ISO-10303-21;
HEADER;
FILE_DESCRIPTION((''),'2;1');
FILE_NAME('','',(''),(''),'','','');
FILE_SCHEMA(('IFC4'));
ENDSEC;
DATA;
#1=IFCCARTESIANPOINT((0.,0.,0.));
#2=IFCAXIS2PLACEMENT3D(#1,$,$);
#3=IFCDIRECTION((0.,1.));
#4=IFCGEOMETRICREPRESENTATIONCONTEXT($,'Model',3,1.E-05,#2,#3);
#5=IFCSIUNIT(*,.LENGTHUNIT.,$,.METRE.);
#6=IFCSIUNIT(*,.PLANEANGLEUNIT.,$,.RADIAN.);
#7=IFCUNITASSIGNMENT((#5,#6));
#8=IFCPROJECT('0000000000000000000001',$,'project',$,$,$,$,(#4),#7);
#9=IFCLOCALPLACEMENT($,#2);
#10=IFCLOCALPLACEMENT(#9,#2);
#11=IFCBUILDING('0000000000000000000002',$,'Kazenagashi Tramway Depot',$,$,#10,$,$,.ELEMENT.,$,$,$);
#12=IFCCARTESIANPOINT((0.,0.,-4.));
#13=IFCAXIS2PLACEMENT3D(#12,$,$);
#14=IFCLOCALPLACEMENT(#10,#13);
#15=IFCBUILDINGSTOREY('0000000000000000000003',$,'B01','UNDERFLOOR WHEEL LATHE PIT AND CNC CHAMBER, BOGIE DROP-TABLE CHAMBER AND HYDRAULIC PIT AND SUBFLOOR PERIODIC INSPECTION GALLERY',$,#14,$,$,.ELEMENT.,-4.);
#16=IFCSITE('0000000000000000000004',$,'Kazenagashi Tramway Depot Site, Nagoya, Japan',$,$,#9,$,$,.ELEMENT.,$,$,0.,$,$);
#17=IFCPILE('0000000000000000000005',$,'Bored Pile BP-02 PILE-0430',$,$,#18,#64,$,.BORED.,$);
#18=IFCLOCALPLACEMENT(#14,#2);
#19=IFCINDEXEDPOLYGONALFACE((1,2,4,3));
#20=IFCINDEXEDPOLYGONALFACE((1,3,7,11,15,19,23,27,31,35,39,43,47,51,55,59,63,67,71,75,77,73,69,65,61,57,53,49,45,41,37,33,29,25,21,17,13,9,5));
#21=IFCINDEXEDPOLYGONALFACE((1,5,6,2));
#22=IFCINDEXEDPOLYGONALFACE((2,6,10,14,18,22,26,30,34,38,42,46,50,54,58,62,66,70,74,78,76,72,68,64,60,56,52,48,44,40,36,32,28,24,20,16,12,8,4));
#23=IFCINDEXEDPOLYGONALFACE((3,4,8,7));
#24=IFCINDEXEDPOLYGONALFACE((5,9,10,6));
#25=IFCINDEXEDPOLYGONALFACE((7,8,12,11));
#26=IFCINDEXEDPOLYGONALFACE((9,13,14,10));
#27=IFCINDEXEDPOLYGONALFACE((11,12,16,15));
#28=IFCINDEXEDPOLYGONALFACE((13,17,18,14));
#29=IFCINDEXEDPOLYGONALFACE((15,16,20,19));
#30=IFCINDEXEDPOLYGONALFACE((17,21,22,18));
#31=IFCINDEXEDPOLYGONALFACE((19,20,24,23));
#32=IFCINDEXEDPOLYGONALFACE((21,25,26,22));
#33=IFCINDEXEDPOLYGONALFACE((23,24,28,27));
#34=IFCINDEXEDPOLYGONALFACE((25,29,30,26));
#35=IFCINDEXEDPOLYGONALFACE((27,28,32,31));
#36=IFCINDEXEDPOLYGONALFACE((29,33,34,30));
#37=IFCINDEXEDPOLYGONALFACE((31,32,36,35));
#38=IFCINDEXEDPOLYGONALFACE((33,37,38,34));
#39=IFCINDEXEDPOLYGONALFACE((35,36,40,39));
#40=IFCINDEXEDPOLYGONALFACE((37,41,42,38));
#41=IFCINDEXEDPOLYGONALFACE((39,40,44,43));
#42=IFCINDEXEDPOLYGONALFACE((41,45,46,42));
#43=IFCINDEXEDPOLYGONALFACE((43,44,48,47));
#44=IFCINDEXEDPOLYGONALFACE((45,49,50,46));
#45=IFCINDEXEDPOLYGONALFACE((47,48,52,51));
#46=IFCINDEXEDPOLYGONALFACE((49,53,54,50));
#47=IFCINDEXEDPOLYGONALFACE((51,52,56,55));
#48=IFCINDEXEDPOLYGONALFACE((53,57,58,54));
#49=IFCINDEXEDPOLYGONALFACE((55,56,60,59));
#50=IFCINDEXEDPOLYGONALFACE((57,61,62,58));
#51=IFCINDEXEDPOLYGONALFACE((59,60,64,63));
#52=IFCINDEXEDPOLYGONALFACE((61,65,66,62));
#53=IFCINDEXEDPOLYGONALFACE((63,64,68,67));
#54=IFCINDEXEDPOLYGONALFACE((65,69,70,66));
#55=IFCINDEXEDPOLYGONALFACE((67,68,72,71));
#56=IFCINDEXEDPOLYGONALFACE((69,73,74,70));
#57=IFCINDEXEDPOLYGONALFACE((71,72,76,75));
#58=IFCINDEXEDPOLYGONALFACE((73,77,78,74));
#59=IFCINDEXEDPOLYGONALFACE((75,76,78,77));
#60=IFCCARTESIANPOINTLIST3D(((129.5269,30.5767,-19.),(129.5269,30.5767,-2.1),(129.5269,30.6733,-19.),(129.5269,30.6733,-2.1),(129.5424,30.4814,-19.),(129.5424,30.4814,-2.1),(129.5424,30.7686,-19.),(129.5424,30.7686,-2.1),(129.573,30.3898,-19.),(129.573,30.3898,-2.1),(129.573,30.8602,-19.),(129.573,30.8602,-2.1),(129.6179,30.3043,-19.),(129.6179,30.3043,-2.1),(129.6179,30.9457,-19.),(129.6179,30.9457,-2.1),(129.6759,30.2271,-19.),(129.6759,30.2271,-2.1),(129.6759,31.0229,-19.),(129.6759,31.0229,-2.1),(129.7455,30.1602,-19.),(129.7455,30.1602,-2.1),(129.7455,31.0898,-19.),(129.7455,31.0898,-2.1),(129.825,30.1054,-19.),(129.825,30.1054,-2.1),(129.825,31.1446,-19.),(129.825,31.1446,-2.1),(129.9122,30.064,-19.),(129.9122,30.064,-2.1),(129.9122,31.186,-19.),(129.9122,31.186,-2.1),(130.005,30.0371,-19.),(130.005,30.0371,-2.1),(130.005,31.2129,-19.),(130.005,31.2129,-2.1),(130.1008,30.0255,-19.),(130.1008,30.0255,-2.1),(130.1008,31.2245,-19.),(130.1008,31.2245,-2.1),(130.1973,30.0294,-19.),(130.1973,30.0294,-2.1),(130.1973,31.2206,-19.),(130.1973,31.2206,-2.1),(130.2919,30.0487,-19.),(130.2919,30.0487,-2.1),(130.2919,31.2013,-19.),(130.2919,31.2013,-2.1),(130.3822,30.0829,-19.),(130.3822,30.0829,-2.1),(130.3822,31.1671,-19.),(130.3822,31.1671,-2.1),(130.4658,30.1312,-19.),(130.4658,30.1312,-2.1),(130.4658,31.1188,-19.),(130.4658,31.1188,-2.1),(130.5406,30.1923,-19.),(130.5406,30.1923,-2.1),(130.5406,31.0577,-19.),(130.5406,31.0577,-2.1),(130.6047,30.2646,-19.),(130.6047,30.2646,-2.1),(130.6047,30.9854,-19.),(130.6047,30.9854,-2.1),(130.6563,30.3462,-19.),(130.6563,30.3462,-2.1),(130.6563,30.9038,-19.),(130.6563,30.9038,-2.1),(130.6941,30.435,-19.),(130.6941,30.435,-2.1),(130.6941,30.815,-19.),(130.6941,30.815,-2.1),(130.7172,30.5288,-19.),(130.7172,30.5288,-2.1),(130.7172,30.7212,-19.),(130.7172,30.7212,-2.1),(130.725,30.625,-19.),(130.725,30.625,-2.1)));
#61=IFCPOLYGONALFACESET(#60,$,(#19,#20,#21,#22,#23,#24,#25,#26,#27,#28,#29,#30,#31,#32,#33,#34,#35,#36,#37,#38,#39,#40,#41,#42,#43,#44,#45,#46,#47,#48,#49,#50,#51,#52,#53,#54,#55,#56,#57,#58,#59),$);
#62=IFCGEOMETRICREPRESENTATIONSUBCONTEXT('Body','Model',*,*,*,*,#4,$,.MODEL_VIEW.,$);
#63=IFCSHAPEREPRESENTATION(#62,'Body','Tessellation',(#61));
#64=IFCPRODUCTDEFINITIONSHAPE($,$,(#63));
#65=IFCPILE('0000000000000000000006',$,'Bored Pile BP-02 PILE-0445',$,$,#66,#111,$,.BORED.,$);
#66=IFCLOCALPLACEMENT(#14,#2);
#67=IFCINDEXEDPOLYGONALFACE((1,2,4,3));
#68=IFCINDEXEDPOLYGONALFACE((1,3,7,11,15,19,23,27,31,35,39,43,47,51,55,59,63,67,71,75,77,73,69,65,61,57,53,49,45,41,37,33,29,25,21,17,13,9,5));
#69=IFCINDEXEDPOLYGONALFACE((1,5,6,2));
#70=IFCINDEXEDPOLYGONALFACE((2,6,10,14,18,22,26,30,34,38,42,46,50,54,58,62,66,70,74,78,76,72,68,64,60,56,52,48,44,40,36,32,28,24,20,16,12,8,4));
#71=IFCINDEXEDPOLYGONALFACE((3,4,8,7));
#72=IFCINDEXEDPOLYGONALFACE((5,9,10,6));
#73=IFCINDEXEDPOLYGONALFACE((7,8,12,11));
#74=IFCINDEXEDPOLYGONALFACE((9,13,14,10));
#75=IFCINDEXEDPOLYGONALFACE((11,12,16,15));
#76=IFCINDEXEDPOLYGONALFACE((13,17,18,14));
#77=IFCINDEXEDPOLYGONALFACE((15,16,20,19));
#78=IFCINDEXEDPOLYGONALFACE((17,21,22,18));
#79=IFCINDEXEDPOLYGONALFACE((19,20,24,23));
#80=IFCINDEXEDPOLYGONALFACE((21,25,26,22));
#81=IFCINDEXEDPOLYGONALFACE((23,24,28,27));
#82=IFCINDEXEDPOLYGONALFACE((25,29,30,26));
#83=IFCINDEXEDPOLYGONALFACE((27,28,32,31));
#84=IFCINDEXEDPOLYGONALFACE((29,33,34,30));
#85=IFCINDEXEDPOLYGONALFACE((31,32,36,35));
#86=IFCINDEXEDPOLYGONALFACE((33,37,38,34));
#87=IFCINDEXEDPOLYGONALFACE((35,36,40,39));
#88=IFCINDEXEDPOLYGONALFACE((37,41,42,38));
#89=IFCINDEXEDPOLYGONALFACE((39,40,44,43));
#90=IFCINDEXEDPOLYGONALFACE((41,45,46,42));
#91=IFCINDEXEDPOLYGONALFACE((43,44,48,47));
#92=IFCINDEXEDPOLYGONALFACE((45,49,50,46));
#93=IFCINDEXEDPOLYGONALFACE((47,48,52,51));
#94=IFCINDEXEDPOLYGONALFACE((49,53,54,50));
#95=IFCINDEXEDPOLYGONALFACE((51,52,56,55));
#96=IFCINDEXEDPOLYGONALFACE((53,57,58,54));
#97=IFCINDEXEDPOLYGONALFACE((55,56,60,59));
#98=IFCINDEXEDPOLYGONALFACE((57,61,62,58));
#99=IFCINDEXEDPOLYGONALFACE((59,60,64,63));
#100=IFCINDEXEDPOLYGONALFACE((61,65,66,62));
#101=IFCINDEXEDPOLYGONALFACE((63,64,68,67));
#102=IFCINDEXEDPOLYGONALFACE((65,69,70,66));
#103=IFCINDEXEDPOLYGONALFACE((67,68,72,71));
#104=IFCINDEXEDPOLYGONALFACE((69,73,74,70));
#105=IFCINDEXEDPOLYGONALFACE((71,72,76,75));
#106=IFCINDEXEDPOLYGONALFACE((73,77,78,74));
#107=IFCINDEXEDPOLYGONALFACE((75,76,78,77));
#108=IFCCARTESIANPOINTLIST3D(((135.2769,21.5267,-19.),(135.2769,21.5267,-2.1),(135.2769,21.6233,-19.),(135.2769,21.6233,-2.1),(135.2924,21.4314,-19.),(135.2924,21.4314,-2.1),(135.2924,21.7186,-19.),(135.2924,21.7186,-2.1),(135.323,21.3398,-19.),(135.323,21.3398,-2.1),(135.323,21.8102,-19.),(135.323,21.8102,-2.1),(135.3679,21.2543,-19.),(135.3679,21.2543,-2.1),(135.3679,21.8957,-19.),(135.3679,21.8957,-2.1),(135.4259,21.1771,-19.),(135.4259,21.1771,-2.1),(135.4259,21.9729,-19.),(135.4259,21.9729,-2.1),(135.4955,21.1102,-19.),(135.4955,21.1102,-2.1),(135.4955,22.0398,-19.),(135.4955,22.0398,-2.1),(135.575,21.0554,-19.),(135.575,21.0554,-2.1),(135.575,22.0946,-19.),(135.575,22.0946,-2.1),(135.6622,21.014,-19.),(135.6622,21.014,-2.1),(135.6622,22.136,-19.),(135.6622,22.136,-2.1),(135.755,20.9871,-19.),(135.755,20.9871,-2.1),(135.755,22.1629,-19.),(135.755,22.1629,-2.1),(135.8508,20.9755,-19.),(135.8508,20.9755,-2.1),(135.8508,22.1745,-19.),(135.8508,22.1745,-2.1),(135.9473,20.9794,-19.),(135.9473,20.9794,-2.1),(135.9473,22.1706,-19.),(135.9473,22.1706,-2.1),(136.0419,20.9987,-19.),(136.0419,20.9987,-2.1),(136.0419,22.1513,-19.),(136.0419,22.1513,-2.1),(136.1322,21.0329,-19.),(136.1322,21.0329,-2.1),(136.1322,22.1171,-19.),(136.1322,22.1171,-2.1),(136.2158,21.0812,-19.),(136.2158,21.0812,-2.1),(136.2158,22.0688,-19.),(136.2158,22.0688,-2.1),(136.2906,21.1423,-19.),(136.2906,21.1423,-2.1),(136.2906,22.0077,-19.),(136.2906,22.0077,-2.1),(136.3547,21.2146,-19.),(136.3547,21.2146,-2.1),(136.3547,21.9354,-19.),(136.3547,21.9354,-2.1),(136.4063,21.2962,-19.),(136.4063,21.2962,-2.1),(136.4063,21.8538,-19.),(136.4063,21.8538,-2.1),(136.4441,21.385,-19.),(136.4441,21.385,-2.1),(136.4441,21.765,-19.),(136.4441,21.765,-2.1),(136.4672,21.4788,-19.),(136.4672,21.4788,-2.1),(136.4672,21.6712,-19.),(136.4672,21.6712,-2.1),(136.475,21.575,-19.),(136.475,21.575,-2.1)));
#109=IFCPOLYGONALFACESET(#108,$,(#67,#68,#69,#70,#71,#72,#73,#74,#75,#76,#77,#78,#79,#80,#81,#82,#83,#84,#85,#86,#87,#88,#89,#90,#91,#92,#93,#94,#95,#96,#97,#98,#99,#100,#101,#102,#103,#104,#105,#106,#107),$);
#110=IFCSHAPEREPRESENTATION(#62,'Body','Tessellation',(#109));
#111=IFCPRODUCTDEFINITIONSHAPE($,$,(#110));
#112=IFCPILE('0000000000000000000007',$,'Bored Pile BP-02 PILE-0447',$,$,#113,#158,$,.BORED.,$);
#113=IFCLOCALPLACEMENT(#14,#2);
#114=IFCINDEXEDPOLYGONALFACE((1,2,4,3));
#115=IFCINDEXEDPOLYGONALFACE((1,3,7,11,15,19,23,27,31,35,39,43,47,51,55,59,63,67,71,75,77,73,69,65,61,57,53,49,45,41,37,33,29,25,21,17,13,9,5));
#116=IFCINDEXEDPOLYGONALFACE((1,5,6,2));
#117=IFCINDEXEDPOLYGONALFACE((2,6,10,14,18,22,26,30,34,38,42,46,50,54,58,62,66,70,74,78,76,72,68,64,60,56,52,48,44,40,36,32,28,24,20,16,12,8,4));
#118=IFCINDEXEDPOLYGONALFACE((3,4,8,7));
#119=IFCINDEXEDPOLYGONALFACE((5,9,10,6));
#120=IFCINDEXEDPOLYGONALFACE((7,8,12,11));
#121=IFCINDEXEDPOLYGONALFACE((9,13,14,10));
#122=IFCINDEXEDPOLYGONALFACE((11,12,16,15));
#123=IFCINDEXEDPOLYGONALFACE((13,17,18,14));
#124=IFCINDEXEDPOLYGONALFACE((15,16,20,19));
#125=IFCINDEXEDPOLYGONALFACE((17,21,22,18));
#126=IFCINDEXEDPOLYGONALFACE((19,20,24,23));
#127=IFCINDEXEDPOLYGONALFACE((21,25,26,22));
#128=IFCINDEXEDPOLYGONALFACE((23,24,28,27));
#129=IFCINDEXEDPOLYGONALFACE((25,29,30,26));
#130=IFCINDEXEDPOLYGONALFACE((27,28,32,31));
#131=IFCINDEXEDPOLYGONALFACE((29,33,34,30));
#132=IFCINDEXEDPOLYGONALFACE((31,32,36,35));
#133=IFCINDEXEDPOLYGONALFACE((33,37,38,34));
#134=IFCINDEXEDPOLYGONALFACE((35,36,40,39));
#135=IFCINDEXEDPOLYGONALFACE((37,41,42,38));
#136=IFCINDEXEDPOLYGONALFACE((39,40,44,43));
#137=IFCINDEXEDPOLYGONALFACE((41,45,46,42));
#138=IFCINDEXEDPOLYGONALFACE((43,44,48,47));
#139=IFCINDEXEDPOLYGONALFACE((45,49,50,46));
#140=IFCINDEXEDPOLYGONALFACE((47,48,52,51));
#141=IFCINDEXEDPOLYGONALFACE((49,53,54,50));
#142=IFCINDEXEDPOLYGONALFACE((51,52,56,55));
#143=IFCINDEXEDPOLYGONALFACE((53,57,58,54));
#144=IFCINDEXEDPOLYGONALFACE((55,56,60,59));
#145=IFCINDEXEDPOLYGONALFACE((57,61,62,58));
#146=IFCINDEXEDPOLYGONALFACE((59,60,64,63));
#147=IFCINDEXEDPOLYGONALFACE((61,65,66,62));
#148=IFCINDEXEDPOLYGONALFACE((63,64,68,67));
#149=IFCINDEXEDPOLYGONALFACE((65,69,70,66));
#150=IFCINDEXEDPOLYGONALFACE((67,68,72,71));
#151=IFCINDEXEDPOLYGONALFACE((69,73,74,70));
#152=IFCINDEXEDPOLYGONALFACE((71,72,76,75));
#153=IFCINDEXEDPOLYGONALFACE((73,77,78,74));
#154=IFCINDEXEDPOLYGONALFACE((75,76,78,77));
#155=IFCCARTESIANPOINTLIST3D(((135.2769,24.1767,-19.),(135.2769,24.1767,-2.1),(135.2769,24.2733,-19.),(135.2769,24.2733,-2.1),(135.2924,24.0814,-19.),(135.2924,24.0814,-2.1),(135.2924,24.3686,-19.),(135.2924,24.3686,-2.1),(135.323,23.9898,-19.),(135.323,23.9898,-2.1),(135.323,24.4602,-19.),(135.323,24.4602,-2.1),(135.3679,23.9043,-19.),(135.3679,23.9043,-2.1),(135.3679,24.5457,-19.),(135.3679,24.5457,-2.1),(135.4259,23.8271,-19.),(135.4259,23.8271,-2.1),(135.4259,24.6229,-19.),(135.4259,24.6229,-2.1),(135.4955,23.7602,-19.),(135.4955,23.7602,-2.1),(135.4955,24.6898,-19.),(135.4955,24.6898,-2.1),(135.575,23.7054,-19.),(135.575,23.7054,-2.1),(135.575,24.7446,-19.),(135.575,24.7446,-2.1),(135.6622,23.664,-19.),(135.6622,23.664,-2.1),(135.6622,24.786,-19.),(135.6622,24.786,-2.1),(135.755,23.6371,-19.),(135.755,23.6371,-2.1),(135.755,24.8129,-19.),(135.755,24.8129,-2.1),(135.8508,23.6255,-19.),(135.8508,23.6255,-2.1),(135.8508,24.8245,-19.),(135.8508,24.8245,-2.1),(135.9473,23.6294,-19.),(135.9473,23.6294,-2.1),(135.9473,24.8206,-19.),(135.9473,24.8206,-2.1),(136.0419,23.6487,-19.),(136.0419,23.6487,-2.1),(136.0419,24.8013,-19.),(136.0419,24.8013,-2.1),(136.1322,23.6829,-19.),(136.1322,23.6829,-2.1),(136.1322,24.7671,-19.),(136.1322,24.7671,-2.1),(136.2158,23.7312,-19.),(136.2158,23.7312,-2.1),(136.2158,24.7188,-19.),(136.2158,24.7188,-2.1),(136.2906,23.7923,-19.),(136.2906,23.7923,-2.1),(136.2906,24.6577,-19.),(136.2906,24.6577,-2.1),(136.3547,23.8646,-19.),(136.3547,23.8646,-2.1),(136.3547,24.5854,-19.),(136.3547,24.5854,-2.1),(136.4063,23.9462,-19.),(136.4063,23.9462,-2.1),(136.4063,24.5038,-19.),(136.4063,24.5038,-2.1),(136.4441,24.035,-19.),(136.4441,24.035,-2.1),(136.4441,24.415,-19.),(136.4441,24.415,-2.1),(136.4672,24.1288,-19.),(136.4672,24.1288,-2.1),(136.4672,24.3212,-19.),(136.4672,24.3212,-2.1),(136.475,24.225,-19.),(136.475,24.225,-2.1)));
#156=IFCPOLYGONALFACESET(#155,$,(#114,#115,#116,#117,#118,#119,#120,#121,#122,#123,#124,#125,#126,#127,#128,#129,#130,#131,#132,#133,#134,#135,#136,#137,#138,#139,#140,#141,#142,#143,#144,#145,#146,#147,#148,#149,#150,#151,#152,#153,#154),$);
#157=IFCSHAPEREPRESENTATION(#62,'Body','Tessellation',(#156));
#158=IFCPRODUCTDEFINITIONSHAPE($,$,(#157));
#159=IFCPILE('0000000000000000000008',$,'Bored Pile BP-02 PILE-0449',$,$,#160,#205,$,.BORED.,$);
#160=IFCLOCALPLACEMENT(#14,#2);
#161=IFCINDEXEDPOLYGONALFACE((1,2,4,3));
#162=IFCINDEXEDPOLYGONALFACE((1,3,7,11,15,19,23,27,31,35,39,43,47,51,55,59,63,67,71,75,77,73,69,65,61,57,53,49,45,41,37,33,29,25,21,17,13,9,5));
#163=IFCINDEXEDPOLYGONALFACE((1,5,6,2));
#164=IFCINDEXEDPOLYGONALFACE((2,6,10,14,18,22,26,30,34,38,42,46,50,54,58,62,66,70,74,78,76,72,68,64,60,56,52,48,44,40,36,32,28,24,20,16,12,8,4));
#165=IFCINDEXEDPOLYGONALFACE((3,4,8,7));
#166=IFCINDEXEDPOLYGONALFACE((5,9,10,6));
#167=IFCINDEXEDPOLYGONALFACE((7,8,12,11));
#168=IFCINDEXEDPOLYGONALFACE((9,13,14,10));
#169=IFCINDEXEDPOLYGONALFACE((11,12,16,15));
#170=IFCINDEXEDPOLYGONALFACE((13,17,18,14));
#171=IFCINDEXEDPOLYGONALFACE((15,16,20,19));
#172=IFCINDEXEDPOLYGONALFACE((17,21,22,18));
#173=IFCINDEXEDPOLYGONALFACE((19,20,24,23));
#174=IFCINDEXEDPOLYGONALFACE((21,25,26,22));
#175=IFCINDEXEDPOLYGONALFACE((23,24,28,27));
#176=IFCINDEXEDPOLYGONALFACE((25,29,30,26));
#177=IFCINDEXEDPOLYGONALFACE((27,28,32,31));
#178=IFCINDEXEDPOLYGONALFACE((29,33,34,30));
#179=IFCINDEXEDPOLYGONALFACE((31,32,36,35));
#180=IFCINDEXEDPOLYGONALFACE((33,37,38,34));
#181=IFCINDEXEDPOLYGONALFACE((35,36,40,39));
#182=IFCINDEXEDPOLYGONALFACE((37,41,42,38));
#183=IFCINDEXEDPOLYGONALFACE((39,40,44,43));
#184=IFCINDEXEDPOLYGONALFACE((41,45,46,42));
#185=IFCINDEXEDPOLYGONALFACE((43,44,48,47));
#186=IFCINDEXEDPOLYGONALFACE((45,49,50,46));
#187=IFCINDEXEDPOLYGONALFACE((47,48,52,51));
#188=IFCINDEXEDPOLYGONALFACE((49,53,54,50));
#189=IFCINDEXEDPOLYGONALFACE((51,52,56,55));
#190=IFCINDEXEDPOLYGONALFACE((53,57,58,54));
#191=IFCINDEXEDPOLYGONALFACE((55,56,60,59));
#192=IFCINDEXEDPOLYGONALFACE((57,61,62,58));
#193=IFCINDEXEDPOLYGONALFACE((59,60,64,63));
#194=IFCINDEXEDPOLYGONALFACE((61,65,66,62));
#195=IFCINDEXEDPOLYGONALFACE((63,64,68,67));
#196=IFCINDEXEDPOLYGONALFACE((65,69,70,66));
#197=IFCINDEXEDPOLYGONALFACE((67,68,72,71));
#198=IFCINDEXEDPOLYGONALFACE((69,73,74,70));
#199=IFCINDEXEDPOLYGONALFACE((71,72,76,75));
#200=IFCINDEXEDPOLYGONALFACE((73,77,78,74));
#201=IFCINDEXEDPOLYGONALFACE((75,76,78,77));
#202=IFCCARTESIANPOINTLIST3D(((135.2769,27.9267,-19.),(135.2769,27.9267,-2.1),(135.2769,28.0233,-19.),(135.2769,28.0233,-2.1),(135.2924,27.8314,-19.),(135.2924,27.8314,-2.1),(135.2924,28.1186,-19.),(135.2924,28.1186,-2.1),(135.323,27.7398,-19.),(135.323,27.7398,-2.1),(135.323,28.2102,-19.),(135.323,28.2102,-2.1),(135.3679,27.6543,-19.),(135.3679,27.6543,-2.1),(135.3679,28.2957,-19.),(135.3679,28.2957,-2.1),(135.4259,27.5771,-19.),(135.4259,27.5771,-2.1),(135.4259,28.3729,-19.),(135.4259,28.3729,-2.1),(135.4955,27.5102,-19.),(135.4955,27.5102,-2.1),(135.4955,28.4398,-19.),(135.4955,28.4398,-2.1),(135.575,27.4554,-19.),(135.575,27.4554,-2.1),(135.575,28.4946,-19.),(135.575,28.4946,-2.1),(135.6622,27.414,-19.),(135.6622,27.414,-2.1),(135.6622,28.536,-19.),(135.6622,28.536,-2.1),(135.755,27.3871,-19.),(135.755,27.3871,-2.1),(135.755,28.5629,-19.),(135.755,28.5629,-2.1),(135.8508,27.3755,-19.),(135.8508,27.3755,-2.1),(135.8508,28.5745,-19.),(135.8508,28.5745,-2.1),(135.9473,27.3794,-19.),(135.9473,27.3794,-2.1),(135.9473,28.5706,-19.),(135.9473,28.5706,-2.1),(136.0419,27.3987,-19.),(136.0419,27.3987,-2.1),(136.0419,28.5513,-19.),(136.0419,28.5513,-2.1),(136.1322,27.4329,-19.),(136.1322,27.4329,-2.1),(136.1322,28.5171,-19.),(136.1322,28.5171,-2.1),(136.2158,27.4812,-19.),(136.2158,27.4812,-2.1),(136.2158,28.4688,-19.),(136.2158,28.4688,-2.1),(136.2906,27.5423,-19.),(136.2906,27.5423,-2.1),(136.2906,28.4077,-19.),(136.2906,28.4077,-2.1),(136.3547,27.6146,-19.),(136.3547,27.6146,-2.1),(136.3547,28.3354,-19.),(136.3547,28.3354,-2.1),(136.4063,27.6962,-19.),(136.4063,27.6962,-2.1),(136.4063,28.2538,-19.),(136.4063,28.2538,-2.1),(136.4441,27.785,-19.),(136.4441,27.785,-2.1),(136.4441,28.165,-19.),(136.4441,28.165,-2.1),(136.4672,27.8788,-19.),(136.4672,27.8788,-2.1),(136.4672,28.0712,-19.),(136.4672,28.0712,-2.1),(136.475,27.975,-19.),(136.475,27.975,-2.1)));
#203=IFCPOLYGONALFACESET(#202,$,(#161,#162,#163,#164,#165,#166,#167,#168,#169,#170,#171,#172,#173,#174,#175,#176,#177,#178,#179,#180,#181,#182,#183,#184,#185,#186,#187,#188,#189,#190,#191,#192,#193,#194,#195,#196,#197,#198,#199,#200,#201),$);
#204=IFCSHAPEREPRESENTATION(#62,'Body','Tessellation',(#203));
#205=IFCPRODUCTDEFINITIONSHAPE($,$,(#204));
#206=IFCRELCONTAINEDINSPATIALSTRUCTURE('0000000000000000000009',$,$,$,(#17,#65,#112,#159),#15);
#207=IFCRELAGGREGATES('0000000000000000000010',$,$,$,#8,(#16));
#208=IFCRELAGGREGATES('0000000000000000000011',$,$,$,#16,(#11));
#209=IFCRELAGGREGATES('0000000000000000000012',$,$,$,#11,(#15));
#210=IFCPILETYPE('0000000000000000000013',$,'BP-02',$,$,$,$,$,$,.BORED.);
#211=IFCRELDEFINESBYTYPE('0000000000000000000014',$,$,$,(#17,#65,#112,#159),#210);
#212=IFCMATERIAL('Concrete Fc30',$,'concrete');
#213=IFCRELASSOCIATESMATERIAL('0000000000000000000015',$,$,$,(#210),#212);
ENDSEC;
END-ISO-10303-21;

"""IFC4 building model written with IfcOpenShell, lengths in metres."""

from ifc_helpers import new_model, si_unit, direction, frame, origin, origin_2d, place, context, subcontext, project, spatial, circle, extrude, material, material_profile, profile_set, type_object, element, save


model = new_model("IFC4")

# Units and contexts
model_context = context("Model", 3, precision=1e-05, world=origin(), true_north=direction((0.0, 1.0)))
body_context = subcontext(model_context, "Body", "Model", "MODEL_VIEW")
ifc_project = project(units=[si_unit("LENGTHUNIT", "METRE"), si_unit("PLANEANGLEUNIT", "RADIAN")], contexts=[model_context])

# Site, building, storey
site_placement = place(None, origin())
site = spatial("IfcSite", under=ifc_project, at=site_placement, Name="Kazenagashi Tramway Depot Site, Nagoya, Japan", CompositionType="ELEMENT", RefElevation=0.0)
building_placement = place(site_placement, origin())
building = spatial("IfcBuilding", under=site, at=building_placement, Name="Kazenagashi Tramway Depot", CompositionType="ELEMENT")
storey_placement = place(building_placement, frame((0.0, 0.0, -4.0)))
storey = spatial("IfcBuildingStorey", under=building, at=storey_placement, Name="B01", Description="UNDERFLOOR WHEEL LATHE PIT AND CNC CHAMBER, BOGIE DROP-TABLE CHAMBER AND HYDRAULIC PIT AND SUBFLOOR PERIODIC INSPECTION GALLERY", CompositionType="ELEMENT", Elevation=-4.0)

# Piles
ifc_material_1 = material(Name="Concrete Fc30", Category="concrete")
ifc_material_profile_1 = material_profile(ifc_material_1, circle(Radius=0.6, at=origin_2d()), Name="PILE-1200")
ifc_profile_set_1 = profile_set([ifc_material_profile_1], Name="Concrete Fc30")
pile_type_1 = type_object("IfcPileType", Name="BP-02", PredefinedType="BORED", material=ifc_profile_set_1)
for number, where, z_axis, x_axis, name in (
    (1, (130.125, 30.625, -2.1), (0.0, 0.0, -1.0), (1.0, 0.0, 0.0), "Bored Pile BP-02 PILE-0430"),
    (2, (135.875, 21.575, -2.1), (0.0, 0.0, -1.0), (1.0, 0.0, 0.0), "Bored Pile BP-02 PILE-0445"),
    (3, (135.875, 24.225, -2.1), (0.0, 0.0, -1.0), (1.0, 0.0, 0.0), "Bored Pile BP-02 PILE-0447"),
    (4, (135.875, 27.975, -2.1), (0.0, 0.0, -1.0), (1.0, 0.0, 0.0), "Bored Pile BP-02 PILE-0449"),
):
    element("IfcPile", number, at=place(storey_placement, frame(where, z_axis=z_axis, x_axis=x_axis)), inside=storey, type_object=pile_type_1, Name=name, PredefinedType="BORED", context=body_context, shape_type="SweptSolid", body=[
        extrude(circle(Radius=0.6, at=origin_2d()), origin(), (0.0, 0.0, 1.0), 16.9),
    ])

save(model, "model.ifc")
